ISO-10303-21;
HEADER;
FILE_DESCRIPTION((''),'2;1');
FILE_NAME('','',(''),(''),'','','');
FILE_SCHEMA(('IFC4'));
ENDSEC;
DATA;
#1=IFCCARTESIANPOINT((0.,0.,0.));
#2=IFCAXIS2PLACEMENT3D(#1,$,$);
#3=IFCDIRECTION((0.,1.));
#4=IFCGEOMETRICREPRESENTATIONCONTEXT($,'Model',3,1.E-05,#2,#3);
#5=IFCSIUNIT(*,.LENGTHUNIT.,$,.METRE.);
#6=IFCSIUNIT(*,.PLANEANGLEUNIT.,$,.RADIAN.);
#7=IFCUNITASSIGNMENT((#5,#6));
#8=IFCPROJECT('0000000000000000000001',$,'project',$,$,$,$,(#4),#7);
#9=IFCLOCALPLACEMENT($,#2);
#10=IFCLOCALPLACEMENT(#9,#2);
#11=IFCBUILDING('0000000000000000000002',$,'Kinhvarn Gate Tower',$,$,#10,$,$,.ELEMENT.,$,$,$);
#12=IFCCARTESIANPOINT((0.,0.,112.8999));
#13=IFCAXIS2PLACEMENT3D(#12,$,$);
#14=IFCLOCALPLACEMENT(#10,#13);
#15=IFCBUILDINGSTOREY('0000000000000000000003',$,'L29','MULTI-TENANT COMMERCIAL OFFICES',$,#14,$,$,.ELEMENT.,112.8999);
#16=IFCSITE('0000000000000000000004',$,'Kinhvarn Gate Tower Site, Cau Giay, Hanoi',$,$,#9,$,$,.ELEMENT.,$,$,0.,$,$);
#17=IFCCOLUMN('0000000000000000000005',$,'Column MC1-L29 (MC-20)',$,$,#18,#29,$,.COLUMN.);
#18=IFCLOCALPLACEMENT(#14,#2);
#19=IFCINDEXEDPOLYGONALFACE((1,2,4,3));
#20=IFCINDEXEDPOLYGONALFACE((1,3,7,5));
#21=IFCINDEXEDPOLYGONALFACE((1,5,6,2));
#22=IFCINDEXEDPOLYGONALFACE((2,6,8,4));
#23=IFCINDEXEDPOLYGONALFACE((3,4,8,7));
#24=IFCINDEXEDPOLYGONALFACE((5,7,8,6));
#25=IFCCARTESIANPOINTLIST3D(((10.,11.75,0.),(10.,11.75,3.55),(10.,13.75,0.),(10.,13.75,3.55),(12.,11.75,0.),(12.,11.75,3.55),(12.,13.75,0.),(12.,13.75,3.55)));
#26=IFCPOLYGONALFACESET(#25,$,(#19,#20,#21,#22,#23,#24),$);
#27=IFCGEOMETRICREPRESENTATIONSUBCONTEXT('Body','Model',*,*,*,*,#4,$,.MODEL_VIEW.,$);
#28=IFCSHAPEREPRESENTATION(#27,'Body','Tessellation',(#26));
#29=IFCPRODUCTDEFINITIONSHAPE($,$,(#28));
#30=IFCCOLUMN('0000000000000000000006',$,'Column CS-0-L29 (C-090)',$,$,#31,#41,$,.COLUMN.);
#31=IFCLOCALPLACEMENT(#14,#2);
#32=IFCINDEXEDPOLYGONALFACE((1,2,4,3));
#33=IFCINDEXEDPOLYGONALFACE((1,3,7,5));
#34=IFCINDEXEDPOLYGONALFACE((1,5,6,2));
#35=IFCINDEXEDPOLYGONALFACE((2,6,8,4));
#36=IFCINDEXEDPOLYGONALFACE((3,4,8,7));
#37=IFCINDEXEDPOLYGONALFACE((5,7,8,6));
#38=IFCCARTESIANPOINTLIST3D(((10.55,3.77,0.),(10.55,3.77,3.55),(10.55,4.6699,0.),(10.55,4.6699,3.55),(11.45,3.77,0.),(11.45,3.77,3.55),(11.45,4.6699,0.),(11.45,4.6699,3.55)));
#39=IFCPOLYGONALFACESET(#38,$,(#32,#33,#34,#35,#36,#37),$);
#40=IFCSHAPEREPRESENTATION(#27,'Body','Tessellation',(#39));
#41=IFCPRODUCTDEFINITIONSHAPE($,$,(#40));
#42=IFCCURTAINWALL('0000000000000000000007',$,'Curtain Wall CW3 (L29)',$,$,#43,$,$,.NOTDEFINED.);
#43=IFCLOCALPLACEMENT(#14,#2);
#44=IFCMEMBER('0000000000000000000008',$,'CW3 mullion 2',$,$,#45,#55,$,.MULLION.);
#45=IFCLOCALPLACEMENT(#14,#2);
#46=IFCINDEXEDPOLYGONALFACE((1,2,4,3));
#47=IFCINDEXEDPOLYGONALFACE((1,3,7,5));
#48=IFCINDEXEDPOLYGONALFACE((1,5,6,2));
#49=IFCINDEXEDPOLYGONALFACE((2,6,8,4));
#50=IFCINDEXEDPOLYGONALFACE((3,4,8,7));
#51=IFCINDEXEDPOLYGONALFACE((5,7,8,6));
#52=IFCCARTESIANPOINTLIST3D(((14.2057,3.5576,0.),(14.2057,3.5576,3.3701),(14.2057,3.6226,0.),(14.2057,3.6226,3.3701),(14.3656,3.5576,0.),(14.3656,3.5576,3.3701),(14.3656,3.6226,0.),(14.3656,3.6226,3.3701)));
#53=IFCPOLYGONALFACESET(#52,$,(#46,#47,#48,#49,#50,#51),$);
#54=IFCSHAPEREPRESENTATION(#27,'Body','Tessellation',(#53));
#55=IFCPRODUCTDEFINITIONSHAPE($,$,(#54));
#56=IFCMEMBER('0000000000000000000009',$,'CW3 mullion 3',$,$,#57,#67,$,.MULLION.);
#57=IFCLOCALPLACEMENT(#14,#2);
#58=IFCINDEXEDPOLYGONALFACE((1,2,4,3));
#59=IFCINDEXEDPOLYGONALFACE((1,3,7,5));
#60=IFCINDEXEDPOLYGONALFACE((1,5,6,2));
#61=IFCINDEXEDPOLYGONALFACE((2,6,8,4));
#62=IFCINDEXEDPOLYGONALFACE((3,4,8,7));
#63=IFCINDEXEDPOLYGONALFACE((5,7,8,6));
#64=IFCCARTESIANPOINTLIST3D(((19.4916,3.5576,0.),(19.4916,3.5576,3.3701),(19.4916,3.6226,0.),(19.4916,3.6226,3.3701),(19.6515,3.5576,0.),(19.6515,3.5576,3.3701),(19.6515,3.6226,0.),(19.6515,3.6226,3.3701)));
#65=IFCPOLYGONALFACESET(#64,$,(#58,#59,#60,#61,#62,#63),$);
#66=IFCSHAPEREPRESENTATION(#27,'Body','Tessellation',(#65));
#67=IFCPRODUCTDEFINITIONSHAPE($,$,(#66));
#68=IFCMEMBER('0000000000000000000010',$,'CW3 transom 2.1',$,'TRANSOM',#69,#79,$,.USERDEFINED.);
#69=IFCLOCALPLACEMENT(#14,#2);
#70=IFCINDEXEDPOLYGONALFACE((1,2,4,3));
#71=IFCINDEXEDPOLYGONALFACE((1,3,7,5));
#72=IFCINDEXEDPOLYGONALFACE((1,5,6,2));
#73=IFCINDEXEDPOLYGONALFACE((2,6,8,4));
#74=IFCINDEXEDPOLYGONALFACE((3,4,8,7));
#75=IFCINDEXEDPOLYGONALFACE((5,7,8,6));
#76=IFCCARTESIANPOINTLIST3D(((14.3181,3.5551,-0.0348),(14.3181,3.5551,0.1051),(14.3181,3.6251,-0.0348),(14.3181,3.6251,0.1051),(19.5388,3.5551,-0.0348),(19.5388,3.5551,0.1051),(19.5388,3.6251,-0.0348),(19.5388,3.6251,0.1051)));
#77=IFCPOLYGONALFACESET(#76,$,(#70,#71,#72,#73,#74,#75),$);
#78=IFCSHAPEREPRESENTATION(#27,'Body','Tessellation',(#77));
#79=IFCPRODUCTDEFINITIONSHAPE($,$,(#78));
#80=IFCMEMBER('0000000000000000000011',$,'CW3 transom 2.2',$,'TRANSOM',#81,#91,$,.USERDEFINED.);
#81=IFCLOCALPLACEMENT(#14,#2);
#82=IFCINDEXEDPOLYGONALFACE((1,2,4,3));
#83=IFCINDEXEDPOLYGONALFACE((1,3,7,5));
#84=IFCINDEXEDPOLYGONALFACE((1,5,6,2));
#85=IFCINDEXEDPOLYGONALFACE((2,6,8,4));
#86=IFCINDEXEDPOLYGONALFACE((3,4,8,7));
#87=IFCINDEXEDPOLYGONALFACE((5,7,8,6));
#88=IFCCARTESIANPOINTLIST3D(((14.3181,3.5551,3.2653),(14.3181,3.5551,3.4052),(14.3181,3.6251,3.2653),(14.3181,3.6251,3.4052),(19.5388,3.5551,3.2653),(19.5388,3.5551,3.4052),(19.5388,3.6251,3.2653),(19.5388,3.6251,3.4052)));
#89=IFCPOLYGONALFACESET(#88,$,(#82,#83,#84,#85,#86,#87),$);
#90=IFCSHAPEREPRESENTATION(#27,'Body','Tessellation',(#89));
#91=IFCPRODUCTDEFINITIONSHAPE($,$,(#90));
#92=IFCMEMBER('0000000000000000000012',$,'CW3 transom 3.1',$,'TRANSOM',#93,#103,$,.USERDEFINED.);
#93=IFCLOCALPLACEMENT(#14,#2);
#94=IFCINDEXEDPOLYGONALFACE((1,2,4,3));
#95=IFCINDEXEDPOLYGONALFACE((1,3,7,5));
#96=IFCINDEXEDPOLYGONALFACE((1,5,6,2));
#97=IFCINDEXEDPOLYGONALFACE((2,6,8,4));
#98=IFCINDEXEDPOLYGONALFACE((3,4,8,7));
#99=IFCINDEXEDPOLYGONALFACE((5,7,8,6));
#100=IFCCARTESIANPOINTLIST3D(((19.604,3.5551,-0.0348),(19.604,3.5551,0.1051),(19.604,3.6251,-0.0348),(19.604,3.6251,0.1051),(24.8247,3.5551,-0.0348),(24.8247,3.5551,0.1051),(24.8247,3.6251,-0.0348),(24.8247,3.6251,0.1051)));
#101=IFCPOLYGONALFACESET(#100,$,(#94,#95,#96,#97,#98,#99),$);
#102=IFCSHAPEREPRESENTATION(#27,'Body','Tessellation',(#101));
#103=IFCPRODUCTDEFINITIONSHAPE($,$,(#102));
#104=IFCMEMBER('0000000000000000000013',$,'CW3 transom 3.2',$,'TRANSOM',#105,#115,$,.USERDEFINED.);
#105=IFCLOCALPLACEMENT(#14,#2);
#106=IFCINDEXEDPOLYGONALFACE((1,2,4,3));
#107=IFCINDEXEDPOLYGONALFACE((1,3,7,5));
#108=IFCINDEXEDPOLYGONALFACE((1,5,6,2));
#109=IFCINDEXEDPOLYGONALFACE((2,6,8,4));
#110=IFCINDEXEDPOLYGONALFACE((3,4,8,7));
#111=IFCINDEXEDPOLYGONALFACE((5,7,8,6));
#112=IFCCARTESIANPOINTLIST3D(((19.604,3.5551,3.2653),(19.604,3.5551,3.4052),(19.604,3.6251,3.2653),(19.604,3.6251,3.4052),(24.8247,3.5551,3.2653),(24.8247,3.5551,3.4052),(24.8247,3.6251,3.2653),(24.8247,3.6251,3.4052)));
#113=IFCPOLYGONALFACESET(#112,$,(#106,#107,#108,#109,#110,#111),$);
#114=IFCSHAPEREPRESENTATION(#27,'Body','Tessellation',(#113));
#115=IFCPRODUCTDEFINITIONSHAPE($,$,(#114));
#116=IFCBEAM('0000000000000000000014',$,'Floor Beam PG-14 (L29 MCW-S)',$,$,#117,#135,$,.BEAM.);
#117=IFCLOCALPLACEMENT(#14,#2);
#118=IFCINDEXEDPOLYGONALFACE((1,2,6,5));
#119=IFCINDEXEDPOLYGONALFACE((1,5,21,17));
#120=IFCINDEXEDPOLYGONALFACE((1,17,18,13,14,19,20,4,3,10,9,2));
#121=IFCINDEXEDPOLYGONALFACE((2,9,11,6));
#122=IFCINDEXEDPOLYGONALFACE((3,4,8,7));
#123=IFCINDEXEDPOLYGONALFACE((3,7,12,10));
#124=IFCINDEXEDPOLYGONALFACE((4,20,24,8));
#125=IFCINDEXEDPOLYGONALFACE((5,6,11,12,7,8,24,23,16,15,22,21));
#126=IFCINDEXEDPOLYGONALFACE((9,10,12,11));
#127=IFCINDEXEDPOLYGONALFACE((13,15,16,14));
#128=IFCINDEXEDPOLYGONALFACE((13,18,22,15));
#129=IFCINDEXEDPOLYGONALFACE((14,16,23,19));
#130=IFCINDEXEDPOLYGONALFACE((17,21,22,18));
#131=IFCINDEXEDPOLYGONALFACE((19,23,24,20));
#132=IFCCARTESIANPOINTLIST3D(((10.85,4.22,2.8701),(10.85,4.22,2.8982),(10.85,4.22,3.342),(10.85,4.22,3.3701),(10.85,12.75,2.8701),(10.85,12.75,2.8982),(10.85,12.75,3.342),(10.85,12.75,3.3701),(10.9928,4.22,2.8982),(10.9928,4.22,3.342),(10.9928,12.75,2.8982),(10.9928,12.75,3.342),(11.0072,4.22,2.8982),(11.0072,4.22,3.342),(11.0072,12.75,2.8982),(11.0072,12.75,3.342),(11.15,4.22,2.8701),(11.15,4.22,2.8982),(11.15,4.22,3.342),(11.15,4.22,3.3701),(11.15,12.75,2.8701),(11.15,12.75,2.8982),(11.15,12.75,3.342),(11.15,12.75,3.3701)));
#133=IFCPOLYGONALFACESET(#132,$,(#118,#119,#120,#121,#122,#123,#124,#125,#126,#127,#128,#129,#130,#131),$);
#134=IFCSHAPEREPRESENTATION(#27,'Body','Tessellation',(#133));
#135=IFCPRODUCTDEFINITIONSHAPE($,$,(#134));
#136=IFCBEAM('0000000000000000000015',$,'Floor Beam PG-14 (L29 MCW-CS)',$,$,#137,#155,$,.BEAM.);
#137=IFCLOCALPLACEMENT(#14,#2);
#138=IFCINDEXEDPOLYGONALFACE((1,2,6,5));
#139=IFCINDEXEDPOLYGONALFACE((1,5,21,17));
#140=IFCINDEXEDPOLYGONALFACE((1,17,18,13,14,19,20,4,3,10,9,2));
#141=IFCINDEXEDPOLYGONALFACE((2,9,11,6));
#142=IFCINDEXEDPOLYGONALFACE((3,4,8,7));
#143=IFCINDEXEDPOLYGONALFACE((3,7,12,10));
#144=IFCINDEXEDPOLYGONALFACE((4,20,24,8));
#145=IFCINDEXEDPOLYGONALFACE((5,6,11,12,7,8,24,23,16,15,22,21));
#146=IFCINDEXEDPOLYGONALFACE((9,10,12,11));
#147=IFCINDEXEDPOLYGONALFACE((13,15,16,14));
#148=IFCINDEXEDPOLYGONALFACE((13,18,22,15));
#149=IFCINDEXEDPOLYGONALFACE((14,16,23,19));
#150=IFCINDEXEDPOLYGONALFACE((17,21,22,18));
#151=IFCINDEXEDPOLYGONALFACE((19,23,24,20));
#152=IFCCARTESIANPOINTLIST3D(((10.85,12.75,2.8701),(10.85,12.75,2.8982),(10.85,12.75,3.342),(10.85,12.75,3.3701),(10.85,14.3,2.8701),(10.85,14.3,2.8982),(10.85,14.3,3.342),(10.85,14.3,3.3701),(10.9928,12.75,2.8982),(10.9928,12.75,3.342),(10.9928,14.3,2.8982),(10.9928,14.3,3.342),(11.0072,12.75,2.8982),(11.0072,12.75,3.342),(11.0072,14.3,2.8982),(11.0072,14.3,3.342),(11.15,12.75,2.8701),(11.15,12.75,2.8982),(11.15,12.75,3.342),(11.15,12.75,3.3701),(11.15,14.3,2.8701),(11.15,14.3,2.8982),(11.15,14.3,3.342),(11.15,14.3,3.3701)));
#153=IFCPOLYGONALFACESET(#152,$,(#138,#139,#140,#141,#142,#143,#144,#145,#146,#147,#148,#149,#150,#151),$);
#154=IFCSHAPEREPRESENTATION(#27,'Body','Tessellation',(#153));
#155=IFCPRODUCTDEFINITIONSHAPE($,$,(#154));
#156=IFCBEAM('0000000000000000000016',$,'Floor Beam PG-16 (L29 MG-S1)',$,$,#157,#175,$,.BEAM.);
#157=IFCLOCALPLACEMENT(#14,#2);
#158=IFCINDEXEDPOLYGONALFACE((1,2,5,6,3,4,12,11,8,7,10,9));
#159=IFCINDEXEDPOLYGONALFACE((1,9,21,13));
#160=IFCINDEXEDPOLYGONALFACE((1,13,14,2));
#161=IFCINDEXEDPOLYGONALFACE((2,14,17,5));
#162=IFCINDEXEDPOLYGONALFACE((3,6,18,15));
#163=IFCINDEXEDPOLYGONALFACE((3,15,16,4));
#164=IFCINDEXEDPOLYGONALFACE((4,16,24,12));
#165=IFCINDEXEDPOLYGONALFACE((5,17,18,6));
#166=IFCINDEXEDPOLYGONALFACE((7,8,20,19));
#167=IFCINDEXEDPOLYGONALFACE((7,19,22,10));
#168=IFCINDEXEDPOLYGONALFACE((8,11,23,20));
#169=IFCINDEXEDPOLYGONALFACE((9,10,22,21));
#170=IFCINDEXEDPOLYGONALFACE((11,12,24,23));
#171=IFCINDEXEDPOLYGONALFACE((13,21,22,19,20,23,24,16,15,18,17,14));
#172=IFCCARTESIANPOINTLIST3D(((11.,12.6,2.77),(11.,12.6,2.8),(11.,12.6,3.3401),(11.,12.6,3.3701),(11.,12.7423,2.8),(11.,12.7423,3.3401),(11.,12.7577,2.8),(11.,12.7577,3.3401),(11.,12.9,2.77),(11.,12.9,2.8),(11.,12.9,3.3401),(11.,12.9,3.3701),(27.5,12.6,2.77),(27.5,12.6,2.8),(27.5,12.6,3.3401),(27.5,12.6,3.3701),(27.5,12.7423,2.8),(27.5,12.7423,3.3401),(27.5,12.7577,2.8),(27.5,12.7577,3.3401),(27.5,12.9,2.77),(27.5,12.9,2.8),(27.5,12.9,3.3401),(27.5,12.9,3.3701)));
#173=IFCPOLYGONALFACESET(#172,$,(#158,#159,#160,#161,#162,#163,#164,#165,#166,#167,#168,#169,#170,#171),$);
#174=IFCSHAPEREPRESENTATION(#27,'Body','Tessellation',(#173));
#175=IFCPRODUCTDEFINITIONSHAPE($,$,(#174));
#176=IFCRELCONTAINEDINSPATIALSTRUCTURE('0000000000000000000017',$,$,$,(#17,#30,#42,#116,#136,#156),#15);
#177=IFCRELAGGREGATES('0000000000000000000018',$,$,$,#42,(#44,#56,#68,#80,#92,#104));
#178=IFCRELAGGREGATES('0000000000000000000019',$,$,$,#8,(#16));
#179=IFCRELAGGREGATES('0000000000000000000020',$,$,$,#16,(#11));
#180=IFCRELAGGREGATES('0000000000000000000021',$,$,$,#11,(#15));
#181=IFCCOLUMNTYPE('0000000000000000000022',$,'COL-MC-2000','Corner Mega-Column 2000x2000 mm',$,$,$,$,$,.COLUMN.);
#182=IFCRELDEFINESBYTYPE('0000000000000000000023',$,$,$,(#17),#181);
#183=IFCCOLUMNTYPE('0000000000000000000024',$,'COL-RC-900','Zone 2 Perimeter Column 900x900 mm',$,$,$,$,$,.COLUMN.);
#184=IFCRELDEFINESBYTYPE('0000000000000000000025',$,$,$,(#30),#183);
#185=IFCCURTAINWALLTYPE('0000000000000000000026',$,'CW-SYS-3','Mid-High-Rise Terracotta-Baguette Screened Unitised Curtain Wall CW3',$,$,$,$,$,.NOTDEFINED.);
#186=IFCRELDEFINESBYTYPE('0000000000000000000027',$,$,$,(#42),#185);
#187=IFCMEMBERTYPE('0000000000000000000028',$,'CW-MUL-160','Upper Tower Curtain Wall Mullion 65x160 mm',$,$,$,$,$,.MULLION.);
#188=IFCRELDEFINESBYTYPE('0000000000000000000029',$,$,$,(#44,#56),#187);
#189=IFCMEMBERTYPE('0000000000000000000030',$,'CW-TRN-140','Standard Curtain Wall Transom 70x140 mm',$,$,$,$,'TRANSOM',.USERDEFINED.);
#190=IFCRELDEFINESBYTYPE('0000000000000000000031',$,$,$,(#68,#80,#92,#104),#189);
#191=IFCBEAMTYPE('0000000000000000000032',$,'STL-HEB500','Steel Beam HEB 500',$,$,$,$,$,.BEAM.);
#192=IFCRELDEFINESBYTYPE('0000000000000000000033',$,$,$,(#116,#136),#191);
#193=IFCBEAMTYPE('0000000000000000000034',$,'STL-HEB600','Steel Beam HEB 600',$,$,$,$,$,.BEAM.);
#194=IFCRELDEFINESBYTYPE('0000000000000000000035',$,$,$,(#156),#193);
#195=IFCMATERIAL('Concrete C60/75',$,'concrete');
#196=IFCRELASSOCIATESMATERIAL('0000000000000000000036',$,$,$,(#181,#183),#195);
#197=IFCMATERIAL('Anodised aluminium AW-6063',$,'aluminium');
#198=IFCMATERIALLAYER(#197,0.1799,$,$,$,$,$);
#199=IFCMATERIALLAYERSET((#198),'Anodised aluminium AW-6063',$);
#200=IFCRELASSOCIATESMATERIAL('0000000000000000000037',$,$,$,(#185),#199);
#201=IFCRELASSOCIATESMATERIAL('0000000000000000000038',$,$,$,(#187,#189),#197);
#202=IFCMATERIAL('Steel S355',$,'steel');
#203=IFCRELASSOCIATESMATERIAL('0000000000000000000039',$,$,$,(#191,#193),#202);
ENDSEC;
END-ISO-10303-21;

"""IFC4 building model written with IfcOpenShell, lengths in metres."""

from ifc_helpers import new_model, si_unit, direction, frame, origin, origin_2d, place, context, subcontext, project, spatial, rectangle, i_section, extrude, material, layer, layer_set, material_profile, profile_set, type_object, element, aggregate, save


model = new_model("IFC4")

# Units and contexts
model_context = context("Model", 3, precision=1e-05, world=origin(), true_north=direction((0.0, 1.0)))
body_context = subcontext(model_context, "Body", "Model", "MODEL_VIEW")
ifc_project = project(units=[si_unit("LENGTHUNIT", "METRE"), si_unit("PLANEANGLEUNIT", "RADIAN")], contexts=[model_context])

# Site, building, storey
site_placement = place(None, origin())
site = spatial("IfcSite", under=ifc_project, at=site_placement, Name="Kinhvarn Gate Tower Site, Cau Giay, Hanoi", CompositionType="ELEMENT", RefElevation=0.0)
building_placement = place(site_placement, origin())
building = spatial("IfcBuilding", under=site, at=building_placement, Name="Kinhvarn Gate Tower", CompositionType="ELEMENT")
storey_placement = place(building_placement, frame((0.0, 0.0, 112.8999)))
storey = spatial("IfcBuildingStorey", under=building, at=storey_placement, Name="L29", Description="MULTI-TENANT COMMERCIAL OFFICES", CompositionType="ELEMENT", Elevation=112.8999)

# Columns
ifc_material_1 = material(Name="Concrete C60/75", Category="concrete")
ifc_material_profile_1 = material_profile(ifc_material_1, rectangle(XDim=2.0, YDim=2.0, at=origin_2d()), Name="RC 2000x2000")
ifc_profile_set_1 = profile_set([ifc_material_profile_1], Name="Concrete C60/75")
column_type_1 = type_object("IfcColumnType", Name="COL-MC-2000", Description="Corner Mega-Column 2000x2000 mm", PredefinedType="COLUMN", material=ifc_profile_set_1)
column_1_placement = place(storey_placement, frame((11.0, 12.75, 0.0), z_axis=(0.0, 0.0, 1.0), x_axis=(1.0, 0.0, 0.0)))
element("IfcColumn", 1, at=column_1_placement, inside=storey, type_object=column_type_1, Name="Column MC1-L29 (MC-20)", PredefinedType="COLUMN", context=body_context, shape_type="SweptSolid", body=[
    extrude(rectangle(XDim=2.0, YDim=2.0, at=origin_2d()), origin(), (0.0, 0.0, 1.0), 3.55),
])
ifc_material_profile_2 = material_profile(ifc_material_1, rectangle(XDim=0.8999, YDim=0.8999, at=origin_2d()), Name="RC 900x900")
ifc_profile_set_2 = profile_set([ifc_material_profile_2], Name="Concrete C60/75")
column_type_2 = type_object("IfcColumnType", Name="COL-RC-900", Description="Zone 2 Perimeter Column 900x900 mm", PredefinedType="COLUMN", material=ifc_profile_set_2)
column_2_placement = place(storey_placement, frame((11.0, 4.22, 0.0), z_axis=(0.0, 0.0, 1.0), x_axis=(1.0, 0.0, 0.0)))
element("IfcColumn", 2, at=column_2_placement, inside=storey, type_object=column_type_2, Name="Column CS-0-L29 (C-090)", PredefinedType="COLUMN", context=body_context, shape_type="SweptSolid", body=[
    extrude(rectangle(XDim=0.8999, YDim=0.8999, at=origin_2d()), origin(), (0.0, 0.0, 1.0), 3.55),
])

# Curtain wall, members
ifc_material_2 = material(Name="Anodised aluminium AW-6063", Category="aluminium")
ifc_layer_1 = layer(ifc_material_2, 0.1799)
ifc_layer_set_1 = layer_set([ifc_layer_1], Name="Anodised aluminium AW-6063")
curtain_wall_type = type_object("IfcCurtainWallType", Name="CW-SYS-3", Description="Mid-High-Rise Terracotta-Baguette Screened Unitised Curtain Wall CW3", PredefinedType="NOTDEFINED", material=ifc_layer_set_1)
curtain_wall_placement = place(storey_placement, origin())
curtain_wall = element("IfcCurtainWall", 3, at=curtain_wall_placement, inside=storey, type_object=curtain_wall_type, Name="Curtain Wall CW3 (L29)", PredefinedType="NOTDEFINED")
ifc_material_profile_3 = material_profile(ifc_material_2, rectangle(XDim=0.0649, YDim=0.1599, at=origin_2d()), Name="ALU 65x160")
ifc_profile_set_3 = profile_set([ifc_material_profile_3], Name="Anodised aluminium AW-6063")
member_type_1 = type_object("IfcMemberType", Name="CW-MUL-160", Description="Upper Tower Curtain Wall Mullion 65x160 mm", PredefinedType="MULLION", material=ifc_profile_set_3)
member_1_placement = place(storey_placement, frame((14.2856, 3.5901, 0.0), z_axis=(0.0, 0.0, 1.0), x_axis=(0.0, 1.0, 0.0)))
member_1 = element("IfcMember", 4, at=member_1_placement, type_object=member_type_1, Name="CW3 mullion 2", PredefinedType="MULLION", context=body_context, shape_type="SweptSolid", body=[
    extrude(rectangle(XDim=0.0649, YDim=0.1599, at=origin_2d()), origin(), (0.0, 0.0, 1.0), 3.3701),
])
member_2_placement = place(storey_placement, frame((19.5715, 3.5901, 0.0), z_axis=(0.0, 0.0, 1.0), x_axis=(0.0, 1.0, 0.0)))
member_2 = element("IfcMember", 5, at=member_2_placement, type_object=member_type_1, Name="CW3 mullion 3", PredefinedType="MULLION", context=body_context, shape_type="SweptSolid", body=[
    extrude(rectangle(XDim=0.0649, YDim=0.1599, at=origin_2d()), origin(), (0.0, 0.0, 1.0), 3.3701),
])
ifc_material_profile_4 = material_profile(ifc_material_2, rectangle(XDim=0.0701, YDim=0.1399, at=origin_2d()), Name="ALU 70x140")
ifc_profile_set_4 = profile_set([ifc_material_profile_4], Name="Anodised aluminium AW-6063")
member_type_2 = type_object("IfcMemberType", Name="CW-TRN-140", Description="Standard Curtain Wall Transom 70x140 mm", ElementType="TRANSOM", PredefinedType="USERDEFINED", material=ifc_profile_set_4)
member_3_placement = place(storey_placement, frame((14.3181, 3.5901, 0.0352), z_axis=(1.0, 0.0, 0.0), x_axis=(0.0, 1.0, 0.0)))
member_3 = element("IfcMember", 6, at=member_3_placement, type_object=member_type_2, Name="CW3 transom 2.1", ObjectType="TRANSOM", PredefinedType="USERDEFINED", context=body_context, shape_type="SweptSolid", body=[
    extrude(rectangle(XDim=0.0701, YDim=0.1399, at=origin_2d()), origin(), (0.0, 0.0, 1.0), 5.2207),
])
member_4_placement = place(storey_placement, frame((14.3181, 3.5901, 3.3352), z_axis=(1.0, 0.0, 0.0), x_axis=(0.0, 1.0, 0.0)))
member_4 = element("IfcMember", 7, at=member_4_placement, type_object=member_type_2, Name="CW3 transom 2.2", ObjectType="TRANSOM", PredefinedType="USERDEFINED", context=body_context, shape_type="SweptSolid", body=[
    extrude(rectangle(XDim=0.0701, YDim=0.1399, at=origin_2d()), origin(), (0.0, 0.0, 1.0), 5.2207),
])
member_5_placement = place(storey_placement, frame((19.604, 3.5901, 0.0352), z_axis=(1.0, 0.0, 0.0), x_axis=(0.0, 1.0, 0.0)))
member_5 = element("IfcMember", 8, at=member_5_placement, type_object=member_type_2, Name="CW3 transom 3.1", ObjectType="TRANSOM", PredefinedType="USERDEFINED", context=body_context, shape_type="SweptSolid", body=[
    extrude(rectangle(XDim=0.0701, YDim=0.1399, at=origin_2d()), origin(), (0.0, 0.0, 1.0), 5.2207),
])
member_6_placement = place(storey_placement, frame((19.604, 3.5901, 3.3352), z_axis=(1.0, 0.0, 0.0), x_axis=(0.0, 1.0, 0.0)))
member_6 = element("IfcMember", 9, at=member_6_placement, type_object=member_type_2, Name="CW3 transom 3.2", ObjectType="TRANSOM", PredefinedType="USERDEFINED", context=body_context, shape_type="SweptSolid", body=[
    extrude(rectangle(XDim=0.0701, YDim=0.1399, at=origin_2d()), origin(), (0.0, 0.0, 1.0), 5.2207),
])

# Beams
ifc_material_3 = material(Name="Steel S355", Category="steel")
ifc_material_profile_5 = material_profile(ifc_material_3, i_section(OverallWidth=0.3, OverallDepth=0.5, WebThickness=0.0144, FlangeThickness=0.0281, at=origin_2d()), Name="HEB 500")
ifc_profile_set_5 = profile_set([ifc_material_profile_5], Name="Steel S355")
beam_type_1 = type_object("IfcBeamType", Name="STL-HEB500", Description="Steel Beam HEB 500", PredefinedType="BEAM", material=ifc_profile_set_5)
beam_1_placement = place(storey_placement, frame((11.0, 4.22, 3.1201), z_axis=(0.0, 1.0, 0.0), x_axis=(-1.0, 0.0, 0.0)))
element("IfcBeam", 10, at=beam_1_placement, inside=storey, type_object=beam_type_1, Name="Floor Beam PG-14 (L29 MCW-S)", PredefinedType="BEAM", context=body_context, shape_type="SweptSolid", body=[
    extrude(i_section(OverallWidth=0.3, OverallDepth=0.5, WebThickness=0.0144, FlangeThickness=0.0281, at=origin_2d()), origin(), (0.0, 0.0, 1.0), 8.53),
])
beam_2_placement = place(storey_placement, frame((11.0, 12.75, 3.1201), z_axis=(0.0, 1.0, 0.0), x_axis=(-1.0, 0.0, 0.0)))
element("IfcBeam", 11, at=beam_2_placement, inside=storey, type_object=beam_type_1, Name="Floor Beam PG-14 (L29 MCW-CS)", PredefinedType="BEAM", context=body_context, shape_type="SweptSolid", body=[
    extrude(i_section(OverallWidth=0.3, OverallDepth=0.5, WebThickness=0.0144, FlangeThickness=0.0281, at=origin_2d()), origin(), (0.0, 0.0, 1.0), 1.55),
])
ifc_material_profile_6 = material_profile(ifc_material_3, i_section(OverallWidth=0.3, OverallDepth=0.6001, WebThickness=0.0154, FlangeThickness=0.03, at=origin_2d()), Name="HEB 600")
ifc_profile_set_6 = profile_set([ifc_material_profile_6], Name="Steel S355")
beam_type_2 = type_object("IfcBeamType", Name="STL-HEB600", Description="Steel Beam HEB 600", PredefinedType="BEAM", material=ifc_profile_set_6)
beam_3_placement = place(storey_placement, frame((11.0, 12.75, 3.0701), z_axis=(1.0, 0.0, 0.0), x_axis=(0.0, 1.0, 0.0)))
element("IfcBeam", 12, at=beam_3_placement, inside=storey, type_object=beam_type_2, Name="Floor Beam PG-16 (L29 MG-S1)", PredefinedType="BEAM", context=body_context, shape_type="SweptSolid", body=[
    extrude(i_section(OverallWidth=0.3, OverallDepth=0.6001, WebThickness=0.0154, FlangeThickness=0.03, at=origin_2d()), origin(), (0.0, 0.0, 1.0), 16.5),
])

aggregate(curtain_wall, [member_1, member_2, member_3, member_4, member_5, member_6])

save(model, "model.ifc")
